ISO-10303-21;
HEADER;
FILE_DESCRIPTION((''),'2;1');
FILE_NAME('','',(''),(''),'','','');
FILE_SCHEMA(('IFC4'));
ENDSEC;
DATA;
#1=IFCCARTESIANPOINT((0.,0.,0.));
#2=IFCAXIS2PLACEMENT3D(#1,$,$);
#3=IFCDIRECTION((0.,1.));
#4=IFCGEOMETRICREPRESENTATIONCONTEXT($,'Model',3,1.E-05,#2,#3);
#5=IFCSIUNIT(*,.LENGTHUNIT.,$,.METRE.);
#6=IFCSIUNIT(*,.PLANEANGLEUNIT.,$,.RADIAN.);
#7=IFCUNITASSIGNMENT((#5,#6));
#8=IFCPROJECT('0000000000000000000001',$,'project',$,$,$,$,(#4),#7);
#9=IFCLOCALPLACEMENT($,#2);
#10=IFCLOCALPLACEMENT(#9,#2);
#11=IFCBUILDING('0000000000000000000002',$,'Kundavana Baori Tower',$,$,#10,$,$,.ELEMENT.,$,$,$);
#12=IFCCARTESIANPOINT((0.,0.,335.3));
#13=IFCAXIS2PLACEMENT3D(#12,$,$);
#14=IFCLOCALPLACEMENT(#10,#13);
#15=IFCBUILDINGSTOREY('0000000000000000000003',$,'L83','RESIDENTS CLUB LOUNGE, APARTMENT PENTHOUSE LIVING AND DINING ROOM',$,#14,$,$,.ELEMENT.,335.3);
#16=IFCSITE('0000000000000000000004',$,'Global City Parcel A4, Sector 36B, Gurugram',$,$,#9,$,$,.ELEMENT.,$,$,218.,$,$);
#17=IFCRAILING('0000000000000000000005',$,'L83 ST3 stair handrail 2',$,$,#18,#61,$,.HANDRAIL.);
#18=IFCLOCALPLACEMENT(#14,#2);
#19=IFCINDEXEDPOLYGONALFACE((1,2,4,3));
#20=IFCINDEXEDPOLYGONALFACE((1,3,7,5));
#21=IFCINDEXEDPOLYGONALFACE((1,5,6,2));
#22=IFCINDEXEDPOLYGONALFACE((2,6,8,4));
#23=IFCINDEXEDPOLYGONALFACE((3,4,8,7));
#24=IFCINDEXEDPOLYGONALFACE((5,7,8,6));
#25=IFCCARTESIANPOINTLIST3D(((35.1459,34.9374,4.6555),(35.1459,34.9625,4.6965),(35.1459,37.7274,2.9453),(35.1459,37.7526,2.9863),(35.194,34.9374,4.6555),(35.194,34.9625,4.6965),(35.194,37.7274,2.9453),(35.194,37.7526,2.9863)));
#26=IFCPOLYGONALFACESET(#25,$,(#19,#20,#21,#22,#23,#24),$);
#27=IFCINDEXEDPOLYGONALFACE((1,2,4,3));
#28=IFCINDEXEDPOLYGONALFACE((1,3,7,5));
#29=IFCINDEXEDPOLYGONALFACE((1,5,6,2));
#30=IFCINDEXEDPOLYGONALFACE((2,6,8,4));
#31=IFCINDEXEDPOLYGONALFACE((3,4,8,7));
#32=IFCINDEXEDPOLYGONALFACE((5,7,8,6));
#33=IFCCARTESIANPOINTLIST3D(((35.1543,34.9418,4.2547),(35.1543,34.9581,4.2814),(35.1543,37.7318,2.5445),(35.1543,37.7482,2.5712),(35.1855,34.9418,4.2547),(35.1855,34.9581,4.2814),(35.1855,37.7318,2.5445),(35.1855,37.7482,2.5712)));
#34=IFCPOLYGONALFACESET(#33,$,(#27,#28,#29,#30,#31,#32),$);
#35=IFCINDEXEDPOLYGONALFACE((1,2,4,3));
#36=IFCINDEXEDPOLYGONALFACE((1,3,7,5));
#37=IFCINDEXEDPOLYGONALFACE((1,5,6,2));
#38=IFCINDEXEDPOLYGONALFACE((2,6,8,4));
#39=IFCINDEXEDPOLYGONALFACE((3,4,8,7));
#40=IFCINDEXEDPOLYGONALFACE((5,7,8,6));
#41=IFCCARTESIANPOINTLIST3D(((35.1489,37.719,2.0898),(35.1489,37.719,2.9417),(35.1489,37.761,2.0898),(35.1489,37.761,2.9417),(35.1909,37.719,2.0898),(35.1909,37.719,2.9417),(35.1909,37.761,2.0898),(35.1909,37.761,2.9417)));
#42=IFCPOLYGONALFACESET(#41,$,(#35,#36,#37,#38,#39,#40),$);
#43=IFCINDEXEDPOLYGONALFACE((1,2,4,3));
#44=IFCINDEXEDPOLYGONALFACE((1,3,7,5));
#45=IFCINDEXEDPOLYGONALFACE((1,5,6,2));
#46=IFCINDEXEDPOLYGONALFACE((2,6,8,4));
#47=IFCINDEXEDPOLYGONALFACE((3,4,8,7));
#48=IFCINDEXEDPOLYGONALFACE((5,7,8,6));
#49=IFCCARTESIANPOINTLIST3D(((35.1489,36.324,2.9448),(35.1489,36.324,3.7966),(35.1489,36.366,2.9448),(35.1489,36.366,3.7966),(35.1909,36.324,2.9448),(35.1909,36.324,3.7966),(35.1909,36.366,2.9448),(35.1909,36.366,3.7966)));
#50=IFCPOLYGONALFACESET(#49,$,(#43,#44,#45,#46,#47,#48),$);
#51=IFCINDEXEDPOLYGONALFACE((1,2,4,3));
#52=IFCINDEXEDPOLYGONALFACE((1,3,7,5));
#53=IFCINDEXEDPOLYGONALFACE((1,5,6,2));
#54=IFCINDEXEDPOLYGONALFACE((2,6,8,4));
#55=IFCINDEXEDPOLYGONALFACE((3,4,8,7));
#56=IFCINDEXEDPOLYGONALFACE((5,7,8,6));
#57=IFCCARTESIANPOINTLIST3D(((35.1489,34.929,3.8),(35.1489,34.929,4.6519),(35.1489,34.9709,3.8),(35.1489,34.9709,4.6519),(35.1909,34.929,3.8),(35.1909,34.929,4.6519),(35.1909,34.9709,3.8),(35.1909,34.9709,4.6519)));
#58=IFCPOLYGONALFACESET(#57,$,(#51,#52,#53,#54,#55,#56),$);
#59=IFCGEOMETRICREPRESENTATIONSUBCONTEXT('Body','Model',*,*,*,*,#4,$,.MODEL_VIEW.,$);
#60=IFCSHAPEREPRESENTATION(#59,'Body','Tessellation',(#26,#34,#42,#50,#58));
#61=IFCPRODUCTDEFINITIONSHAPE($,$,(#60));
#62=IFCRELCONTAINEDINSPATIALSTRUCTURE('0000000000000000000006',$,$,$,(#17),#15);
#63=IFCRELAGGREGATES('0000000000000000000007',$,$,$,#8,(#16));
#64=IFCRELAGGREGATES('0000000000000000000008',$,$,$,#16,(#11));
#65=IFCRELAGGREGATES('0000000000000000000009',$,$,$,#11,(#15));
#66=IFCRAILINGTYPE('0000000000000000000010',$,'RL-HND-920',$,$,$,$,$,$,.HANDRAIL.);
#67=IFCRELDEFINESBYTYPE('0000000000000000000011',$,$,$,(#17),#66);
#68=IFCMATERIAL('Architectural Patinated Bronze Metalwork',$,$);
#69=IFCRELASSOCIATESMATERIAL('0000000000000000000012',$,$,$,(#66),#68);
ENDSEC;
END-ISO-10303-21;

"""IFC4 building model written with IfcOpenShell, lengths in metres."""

from ifc_helpers import new_model, si_unit, direction, frame, origin, origin_2d, place, context, subcontext, project, spatial, rectangle, extrude, material, type_object, element, save


model = new_model("IFC4")

# Units and contexts
model_context = context("Model", 3, precision=1e-05, world=origin(), true_north=direction((0.0, 1.0)))
body_context = subcontext(model_context, "Body", "Model", "MODEL_VIEW")
ifc_project = project(units=[si_unit("LENGTHUNIT", "METRE"), si_unit("PLANEANGLEUNIT", "RADIAN")], contexts=[model_context])

# Site, building, storey
site_placement = place(None, origin())
site = spatial("IfcSite", under=ifc_project, at=site_placement, Name="Global City Parcel A4, Sector 36B, Gurugram", CompositionType="ELEMENT", RefElevation=218.0)
building_placement = place(site_placement, origin())
building = spatial("IfcBuilding", under=site, at=building_placement, Name="Kundavana Baori Tower", CompositionType="ELEMENT")
storey_placement = place(building_placement, frame((0.0, 0.0, 335.3)))
storey = spatial("IfcBuildingStorey", under=building, at=storey_placement, Name="L83", Description="RESIDENTS CLUB LOUNGE, APARTMENT PENTHOUSE LIVING AND DINING ROOM", CompositionType="ELEMENT", Elevation=335.3)

# Railing
ifc_material_1 = material(Name="Architectural Patinated Bronze Metalwork")
railing_type_1 = type_object("IfcRailingType", Name="RL-HND-920", PredefinedType="HANDRAIL", material=ifc_material_1)
railing_1_placement = place(storey_placement, frame((35.1699, 37.74, 2.0898)))
element("IfcRailing", 1, at=railing_1_placement, inside=storey, type_object=railing_type_1, Name="L83 ST3 stair handrail 2", PredefinedType="HANDRAIL", context=body_context, shape_type="SweptSolid", body=[
    extrude(rectangle(XDim=0.0481, YDim=0.0481, at=origin_2d()), frame((0.0, 0.0, 0.876), z_axis=(0.0, -0.852577, 0.522602), x_axis=(1.0, 0.0, 0.0)), (0.0, 0.0, 1.0), 3.2725),
    extrude(rectangle(XDim=0.0312, YDim=0.0312, at=origin_2d()), frame((0.0, 0.0, 0.468), z_axis=(0.0, -0.852577, 0.522602), x_axis=(1.0, 0.0, 0.0)), (0.0, 0.0, 1.0), 3.2725),
    extrude(rectangle(XDim=0.042, YDim=0.042, at=origin_2d()), origin(), (0.0, 0.0, 1.0), 0.8518),
    extrude(rectangle(XDim=0.042, YDim=0.042, at=origin_2d()), frame((0.0, -1.395, 0.855)), (0.0, 0.0, 1.0), 0.8518),
    extrude(rectangle(XDim=0.042, YDim=0.042, at=origin_2d()), frame((0.0, -2.79, 1.7102)), (0.0, 0.0, 1.0), 0.8518),
])

save(model, "model.ifc")
